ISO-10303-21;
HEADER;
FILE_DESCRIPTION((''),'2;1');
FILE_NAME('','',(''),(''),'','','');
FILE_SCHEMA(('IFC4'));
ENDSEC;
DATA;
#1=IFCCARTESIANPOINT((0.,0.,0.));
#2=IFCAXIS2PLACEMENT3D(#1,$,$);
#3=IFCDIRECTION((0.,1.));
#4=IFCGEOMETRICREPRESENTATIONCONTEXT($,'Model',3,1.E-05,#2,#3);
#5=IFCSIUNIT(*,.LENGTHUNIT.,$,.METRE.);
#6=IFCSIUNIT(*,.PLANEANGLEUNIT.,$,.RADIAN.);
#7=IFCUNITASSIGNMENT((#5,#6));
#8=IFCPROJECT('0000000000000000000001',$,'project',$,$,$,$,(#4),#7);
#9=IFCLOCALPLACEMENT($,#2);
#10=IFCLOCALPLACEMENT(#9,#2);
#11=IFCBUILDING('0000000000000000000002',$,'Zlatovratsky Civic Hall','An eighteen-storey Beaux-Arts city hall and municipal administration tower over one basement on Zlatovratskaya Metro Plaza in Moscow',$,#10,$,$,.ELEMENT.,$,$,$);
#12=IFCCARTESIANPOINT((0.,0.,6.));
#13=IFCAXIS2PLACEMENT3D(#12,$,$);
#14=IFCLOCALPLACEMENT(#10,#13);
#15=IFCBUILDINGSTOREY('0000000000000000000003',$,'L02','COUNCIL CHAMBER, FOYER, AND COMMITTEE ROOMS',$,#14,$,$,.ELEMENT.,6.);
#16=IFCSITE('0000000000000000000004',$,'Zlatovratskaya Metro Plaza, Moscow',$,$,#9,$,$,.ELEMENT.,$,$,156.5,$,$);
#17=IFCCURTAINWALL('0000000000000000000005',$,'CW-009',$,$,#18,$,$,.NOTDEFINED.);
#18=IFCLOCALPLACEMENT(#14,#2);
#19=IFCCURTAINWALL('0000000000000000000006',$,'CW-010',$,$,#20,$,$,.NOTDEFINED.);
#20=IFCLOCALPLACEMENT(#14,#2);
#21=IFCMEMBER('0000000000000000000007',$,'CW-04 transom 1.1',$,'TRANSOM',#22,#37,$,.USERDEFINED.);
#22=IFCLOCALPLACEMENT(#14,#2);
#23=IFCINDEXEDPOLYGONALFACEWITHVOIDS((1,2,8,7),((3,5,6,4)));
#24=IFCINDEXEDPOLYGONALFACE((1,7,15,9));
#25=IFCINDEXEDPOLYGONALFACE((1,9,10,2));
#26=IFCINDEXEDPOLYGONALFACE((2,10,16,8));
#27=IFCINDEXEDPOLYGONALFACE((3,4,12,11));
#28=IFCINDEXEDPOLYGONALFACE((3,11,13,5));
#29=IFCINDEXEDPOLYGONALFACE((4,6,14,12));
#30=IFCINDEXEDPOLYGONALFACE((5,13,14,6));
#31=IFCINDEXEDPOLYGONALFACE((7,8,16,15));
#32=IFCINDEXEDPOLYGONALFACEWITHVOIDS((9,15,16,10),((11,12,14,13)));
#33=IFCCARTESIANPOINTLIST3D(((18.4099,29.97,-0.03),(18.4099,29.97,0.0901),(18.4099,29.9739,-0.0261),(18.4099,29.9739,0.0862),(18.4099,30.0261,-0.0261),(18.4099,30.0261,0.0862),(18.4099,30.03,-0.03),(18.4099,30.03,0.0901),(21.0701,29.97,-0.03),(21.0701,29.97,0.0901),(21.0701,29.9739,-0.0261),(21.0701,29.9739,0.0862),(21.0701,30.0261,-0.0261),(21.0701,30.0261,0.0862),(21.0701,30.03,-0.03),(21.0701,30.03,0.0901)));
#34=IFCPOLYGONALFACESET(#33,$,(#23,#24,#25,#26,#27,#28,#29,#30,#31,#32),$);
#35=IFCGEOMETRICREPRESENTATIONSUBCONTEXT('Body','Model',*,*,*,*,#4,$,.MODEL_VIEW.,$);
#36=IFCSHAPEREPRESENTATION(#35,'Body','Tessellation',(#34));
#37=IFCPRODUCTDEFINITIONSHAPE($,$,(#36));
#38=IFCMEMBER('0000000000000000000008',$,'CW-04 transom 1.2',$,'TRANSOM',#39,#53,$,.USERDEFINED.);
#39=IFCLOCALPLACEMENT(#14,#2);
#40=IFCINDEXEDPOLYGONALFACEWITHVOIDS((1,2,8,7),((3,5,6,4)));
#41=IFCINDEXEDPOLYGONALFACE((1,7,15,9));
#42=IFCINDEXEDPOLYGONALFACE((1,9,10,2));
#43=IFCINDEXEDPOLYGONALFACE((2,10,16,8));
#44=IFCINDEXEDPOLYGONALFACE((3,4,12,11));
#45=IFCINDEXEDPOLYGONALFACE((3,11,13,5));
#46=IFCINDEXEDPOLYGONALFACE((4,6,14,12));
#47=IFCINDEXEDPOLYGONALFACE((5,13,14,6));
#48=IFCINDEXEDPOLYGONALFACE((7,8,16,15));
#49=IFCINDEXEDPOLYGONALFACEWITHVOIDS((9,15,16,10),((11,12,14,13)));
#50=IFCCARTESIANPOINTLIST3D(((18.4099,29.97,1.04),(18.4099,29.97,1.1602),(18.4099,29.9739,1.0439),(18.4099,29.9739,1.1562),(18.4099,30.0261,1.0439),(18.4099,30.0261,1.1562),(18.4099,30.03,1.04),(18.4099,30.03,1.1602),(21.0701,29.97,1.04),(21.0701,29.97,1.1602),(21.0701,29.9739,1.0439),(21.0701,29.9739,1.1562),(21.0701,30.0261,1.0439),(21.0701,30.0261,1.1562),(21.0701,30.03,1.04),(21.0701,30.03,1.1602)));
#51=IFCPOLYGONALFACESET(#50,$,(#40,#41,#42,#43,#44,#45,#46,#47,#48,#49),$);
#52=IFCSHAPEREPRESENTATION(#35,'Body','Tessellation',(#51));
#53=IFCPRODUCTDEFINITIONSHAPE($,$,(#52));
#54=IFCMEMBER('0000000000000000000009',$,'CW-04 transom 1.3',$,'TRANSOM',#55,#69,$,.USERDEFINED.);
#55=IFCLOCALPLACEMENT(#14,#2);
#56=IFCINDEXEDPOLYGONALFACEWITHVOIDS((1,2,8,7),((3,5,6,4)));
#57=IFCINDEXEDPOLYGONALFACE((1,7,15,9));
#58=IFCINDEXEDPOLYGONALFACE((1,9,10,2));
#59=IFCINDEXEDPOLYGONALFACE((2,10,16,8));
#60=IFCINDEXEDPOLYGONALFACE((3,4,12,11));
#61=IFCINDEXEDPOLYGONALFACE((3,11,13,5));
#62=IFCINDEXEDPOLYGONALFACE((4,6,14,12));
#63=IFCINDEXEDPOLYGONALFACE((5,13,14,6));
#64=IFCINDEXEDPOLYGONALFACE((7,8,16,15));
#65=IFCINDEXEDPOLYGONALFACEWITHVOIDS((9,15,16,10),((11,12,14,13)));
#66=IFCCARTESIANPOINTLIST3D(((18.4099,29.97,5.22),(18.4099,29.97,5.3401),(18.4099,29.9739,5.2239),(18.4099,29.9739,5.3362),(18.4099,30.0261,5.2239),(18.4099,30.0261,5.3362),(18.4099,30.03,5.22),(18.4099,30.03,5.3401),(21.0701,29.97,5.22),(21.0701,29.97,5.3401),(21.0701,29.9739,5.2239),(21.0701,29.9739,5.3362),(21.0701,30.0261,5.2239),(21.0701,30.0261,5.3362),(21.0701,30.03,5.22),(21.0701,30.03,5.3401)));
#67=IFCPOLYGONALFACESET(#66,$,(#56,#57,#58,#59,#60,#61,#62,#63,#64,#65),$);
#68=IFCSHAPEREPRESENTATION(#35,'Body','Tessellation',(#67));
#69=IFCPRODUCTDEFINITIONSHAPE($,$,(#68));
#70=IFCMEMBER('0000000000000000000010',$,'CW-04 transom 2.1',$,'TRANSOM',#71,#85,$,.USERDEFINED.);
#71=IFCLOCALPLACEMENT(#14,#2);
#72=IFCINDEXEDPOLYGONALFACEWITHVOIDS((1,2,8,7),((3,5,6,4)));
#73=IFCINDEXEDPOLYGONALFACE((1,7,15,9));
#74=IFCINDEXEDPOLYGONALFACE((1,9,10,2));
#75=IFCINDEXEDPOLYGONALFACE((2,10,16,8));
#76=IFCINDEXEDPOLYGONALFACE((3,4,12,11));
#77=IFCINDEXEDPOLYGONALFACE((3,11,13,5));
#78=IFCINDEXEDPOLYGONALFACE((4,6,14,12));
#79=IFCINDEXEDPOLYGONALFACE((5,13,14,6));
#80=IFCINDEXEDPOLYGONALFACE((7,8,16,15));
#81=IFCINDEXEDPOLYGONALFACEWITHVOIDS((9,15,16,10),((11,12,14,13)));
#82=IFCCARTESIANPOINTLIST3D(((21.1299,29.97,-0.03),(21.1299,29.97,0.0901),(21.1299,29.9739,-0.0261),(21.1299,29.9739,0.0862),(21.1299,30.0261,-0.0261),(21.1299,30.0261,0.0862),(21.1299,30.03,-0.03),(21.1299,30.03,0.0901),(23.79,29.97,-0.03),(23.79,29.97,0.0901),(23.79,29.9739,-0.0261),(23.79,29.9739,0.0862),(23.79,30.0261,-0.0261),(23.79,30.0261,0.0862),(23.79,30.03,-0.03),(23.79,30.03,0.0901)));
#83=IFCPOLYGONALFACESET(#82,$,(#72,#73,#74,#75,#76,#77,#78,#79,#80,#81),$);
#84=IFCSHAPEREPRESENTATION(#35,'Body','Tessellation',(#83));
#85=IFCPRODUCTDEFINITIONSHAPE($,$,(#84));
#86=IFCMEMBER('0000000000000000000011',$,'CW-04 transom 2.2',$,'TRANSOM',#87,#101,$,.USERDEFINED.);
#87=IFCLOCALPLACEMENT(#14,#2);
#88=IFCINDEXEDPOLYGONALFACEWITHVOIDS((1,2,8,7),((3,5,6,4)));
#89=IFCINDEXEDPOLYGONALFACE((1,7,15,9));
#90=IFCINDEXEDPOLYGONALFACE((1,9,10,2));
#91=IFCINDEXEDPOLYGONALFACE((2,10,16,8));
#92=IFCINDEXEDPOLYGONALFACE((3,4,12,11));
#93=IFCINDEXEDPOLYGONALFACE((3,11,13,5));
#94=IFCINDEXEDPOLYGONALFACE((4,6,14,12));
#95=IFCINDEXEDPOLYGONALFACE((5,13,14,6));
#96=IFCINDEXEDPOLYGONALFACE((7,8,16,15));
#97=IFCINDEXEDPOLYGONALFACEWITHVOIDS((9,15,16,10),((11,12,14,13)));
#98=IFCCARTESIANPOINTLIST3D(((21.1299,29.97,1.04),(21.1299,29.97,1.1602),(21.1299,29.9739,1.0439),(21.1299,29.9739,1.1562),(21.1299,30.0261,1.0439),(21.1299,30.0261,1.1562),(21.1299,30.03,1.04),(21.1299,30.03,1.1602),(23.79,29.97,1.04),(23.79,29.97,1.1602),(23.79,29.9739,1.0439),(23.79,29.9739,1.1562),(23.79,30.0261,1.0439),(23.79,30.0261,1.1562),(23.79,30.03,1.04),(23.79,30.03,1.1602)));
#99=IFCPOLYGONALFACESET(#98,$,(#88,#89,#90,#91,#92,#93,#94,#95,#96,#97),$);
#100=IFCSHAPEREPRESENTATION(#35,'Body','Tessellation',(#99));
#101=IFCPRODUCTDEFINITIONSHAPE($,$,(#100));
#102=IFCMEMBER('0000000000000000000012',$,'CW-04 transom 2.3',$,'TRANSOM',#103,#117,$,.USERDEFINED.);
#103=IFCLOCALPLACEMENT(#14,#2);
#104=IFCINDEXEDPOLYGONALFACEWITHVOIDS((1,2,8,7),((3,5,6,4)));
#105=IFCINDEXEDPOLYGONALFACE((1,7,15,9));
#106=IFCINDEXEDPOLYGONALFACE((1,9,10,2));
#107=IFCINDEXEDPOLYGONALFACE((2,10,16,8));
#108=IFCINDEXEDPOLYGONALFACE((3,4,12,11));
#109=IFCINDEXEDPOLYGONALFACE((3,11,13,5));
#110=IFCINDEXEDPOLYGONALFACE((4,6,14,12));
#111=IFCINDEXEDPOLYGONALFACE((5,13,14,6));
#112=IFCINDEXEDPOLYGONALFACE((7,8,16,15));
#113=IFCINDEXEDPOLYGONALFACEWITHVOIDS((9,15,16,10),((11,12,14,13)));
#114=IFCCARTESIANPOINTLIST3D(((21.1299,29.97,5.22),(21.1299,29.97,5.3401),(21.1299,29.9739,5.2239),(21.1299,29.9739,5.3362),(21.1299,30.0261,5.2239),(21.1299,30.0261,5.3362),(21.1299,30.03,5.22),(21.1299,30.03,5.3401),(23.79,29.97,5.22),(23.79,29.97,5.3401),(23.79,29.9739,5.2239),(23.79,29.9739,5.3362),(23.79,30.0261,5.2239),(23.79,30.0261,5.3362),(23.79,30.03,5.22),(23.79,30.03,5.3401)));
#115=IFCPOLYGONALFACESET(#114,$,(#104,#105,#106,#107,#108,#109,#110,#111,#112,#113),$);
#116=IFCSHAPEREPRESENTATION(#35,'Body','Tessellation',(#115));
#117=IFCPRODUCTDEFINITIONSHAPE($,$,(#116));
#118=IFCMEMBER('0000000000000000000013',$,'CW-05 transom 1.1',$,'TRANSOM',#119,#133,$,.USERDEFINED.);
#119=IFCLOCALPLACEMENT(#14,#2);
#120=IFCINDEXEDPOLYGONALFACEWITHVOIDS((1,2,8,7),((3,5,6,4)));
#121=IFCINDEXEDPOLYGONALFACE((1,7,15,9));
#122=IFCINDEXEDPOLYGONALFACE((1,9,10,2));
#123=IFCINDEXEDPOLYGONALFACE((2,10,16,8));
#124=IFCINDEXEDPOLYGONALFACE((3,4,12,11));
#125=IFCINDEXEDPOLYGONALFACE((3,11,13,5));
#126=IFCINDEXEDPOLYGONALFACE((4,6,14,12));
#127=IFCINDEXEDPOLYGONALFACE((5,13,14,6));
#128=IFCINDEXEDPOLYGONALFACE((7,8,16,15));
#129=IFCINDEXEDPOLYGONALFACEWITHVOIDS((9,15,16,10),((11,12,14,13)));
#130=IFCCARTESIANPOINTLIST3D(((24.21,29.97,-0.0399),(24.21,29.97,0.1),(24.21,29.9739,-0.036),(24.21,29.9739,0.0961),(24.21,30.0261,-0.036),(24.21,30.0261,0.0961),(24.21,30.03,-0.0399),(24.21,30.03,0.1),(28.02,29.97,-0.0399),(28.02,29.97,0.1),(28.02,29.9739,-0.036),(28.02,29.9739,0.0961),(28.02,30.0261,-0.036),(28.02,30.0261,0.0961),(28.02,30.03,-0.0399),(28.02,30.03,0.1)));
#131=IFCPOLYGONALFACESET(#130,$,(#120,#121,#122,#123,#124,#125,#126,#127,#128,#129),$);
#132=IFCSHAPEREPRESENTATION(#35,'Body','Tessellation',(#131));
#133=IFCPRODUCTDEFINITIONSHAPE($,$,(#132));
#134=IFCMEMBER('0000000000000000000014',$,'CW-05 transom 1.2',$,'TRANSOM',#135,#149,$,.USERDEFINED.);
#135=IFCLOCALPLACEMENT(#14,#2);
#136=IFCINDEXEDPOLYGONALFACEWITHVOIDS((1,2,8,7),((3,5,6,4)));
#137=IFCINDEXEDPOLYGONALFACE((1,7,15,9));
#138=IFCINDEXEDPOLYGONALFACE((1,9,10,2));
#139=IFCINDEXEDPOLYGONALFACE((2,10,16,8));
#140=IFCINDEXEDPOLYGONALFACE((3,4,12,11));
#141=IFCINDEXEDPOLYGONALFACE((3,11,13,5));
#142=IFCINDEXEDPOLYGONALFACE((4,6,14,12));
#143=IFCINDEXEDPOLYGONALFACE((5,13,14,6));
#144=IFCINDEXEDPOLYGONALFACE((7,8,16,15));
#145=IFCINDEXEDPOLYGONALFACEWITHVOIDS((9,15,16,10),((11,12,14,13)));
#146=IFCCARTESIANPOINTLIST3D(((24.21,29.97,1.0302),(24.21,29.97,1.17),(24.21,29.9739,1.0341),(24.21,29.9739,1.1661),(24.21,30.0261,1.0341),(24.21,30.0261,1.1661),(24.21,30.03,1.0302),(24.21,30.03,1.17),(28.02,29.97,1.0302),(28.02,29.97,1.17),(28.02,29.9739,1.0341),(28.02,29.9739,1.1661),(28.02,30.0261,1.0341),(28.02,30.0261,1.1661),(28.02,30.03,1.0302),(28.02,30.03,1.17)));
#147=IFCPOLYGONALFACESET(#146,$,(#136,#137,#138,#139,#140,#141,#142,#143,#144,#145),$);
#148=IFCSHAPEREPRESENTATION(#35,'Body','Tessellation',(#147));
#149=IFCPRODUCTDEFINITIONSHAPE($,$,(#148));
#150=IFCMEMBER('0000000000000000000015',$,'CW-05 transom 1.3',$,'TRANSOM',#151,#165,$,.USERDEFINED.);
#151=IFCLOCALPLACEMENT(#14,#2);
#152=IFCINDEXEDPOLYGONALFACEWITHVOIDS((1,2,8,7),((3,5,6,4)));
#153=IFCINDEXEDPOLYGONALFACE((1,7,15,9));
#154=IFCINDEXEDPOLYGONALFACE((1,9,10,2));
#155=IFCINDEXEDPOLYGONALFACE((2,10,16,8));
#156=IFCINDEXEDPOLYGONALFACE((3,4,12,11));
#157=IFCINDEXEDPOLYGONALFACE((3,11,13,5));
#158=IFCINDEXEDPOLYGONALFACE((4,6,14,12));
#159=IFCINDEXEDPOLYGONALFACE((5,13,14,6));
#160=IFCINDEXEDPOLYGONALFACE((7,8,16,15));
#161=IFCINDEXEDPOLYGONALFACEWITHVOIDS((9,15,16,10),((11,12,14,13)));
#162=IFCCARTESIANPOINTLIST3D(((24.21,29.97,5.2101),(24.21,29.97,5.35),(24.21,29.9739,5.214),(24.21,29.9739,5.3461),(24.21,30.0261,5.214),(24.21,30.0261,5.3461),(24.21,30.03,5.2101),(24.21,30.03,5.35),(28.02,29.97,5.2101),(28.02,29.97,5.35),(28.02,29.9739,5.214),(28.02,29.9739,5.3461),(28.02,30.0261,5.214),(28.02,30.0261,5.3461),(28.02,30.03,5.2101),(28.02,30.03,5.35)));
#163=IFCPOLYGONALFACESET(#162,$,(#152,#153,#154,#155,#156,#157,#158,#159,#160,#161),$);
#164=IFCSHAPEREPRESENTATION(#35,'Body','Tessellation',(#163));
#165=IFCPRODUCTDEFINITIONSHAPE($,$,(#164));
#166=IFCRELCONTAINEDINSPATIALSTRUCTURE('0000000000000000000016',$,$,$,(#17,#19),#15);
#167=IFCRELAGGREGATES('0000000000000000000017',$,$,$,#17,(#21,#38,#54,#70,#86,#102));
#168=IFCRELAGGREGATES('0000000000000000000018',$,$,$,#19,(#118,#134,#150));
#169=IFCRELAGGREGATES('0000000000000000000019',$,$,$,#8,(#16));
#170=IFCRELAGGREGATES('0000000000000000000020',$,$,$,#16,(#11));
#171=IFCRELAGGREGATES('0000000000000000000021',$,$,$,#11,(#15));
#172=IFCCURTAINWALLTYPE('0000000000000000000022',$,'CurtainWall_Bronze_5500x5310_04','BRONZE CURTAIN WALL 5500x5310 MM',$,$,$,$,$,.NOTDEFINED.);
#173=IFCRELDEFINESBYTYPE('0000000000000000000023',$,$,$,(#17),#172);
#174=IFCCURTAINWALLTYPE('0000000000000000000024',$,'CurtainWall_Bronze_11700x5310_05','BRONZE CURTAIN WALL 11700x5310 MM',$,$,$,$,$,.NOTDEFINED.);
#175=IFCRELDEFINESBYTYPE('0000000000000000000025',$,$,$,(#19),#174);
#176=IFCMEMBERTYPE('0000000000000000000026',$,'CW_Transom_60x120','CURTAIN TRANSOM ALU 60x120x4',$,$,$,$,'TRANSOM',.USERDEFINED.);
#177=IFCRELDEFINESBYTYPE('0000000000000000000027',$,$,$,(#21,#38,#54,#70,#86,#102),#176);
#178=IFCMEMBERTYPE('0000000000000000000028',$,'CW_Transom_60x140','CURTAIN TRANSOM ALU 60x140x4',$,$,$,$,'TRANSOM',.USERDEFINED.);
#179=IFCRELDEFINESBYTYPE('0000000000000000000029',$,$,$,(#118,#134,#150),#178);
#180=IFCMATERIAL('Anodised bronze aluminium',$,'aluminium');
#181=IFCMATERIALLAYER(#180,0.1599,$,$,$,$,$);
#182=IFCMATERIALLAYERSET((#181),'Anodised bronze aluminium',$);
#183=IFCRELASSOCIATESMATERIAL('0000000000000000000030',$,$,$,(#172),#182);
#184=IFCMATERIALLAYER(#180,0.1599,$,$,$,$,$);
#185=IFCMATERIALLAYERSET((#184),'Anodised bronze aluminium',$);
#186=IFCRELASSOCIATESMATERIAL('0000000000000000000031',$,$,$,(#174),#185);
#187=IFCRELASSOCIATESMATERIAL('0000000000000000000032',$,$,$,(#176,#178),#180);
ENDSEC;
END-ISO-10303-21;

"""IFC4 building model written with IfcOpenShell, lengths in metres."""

from ifc_helpers import new_model, si_unit, direction, frame, origin, origin_2d, place, context, subcontext, project, spatial, hollow_rectangle, extrude, material, layer, layer_set, material_profile, profile_set, type_object, element, aggregate, save


model = new_model("IFC4")

# Units and contexts
model_context = context("Model", 3, precision=1e-05, world=origin(), true_north=direction((0.0, 1.0)))
body_context = subcontext(model_context, "Body", "Model", "MODEL_VIEW")
ifc_project = project(units=[si_unit("LENGTHUNIT", "METRE"), si_unit("PLANEANGLEUNIT", "RADIAN")], contexts=[model_context])

# Site, building, storey
site_placement = place(None, origin())
site = spatial("IfcSite", under=ifc_project, at=site_placement, Name="Zlatovratskaya Metro Plaza, Moscow", CompositionType="ELEMENT", RefElevation=156.5)
building_placement = place(site_placement, origin())
building = spatial("IfcBuilding", under=site, at=building_placement, Name="Zlatovratsky Civic Hall", Description="An eighteen-storey Beaux-Arts city hall and municipal administration tower over one basement on Zlatovratskaya Metro Plaza in Moscow", CompositionType="ELEMENT")
storey_placement = place(building_placement, frame((0.0, 0.0, 6.0)))
storey = spatial("IfcBuildingStorey", under=building, at=storey_placement, Name="L02", Description="COUNCIL CHAMBER, FOYER, AND COMMITTEE ROOMS", CompositionType="ELEMENT", Elevation=6.0)

# Curtain wall
ifc_material_1 = material(Name="Anodised bronze aluminium", Category="aluminium")
ifc_layer_1 = layer(ifc_material_1, 0.1599)
ifc_layer_set_1 = layer_set([ifc_layer_1], Name="Anodised bronze aluminium")
curtain_wall_type_1 = type_object("IfcCurtainWallType", Name="CurtainWall_Bronze_5500x5310_04", Description="BRONZE CURTAIN WALL 5500x5310 MM", PredefinedType="NOTDEFINED", material=ifc_layer_set_1)
curtain_wall_1_placement = place(storey_placement, origin())
curtain_wall_1 = element("IfcCurtainWall", 1, at=curtain_wall_1_placement, inside=storey, type_object=curtain_wall_type_1, Name="CW-009", PredefinedType="NOTDEFINED")

# Curtain wall
ifc_layer_2 = layer(ifc_material_1, 0.1599)
ifc_layer_set_2 = layer_set([ifc_layer_2], Name="Anodised bronze aluminium")
curtain_wall_type_2 = type_object("IfcCurtainWallType", Name="CurtainWall_Bronze_11700x5310_05", Description="BRONZE CURTAIN WALL 11700x5310 MM", PredefinedType="NOTDEFINED", material=ifc_layer_set_2)
curtain_wall_2_placement = place(storey_placement, origin())
curtain_wall_2 = element("IfcCurtainWall", 2, at=curtain_wall_2_placement, inside=storey, type_object=curtain_wall_type_2, Name="CW-010", PredefinedType="NOTDEFINED")

# Members
ifc_material_profile_1 = material_profile(ifc_material_1, hollow_rectangle(XDim=0.0601, YDim=0.1201, WallThickness=0.0039, at=origin_2d()), Name="ALU 60x120x4")
ifc_profile_set_1 = profile_set([ifc_material_profile_1], Name="Anodised bronze aluminium")
member_type_1 = type_object("IfcMemberType", Name="CW_Transom_60x120", Description="CURTAIN TRANSOM ALU 60x120x4", ElementType="TRANSOM", PredefinedType="USERDEFINED", material=ifc_profile_set_1)
member_1_placement = place(storey_placement, frame((18.4099, 30.0, 0.03), z_axis=(1.0, 0.0, 0.0), x_axis=(0.0, 1.0, 0.0)))
member_1 = element("IfcMember", 3, at=member_1_placement, type_object=member_type_1, Name="CW-04 transom 1.1", ObjectType="TRANSOM", PredefinedType="USERDEFINED", context=body_context, shape_type="SweptSolid", body=[
    extrude(hollow_rectangle(XDim=0.0601, YDim=0.1201, WallThickness=0.0039, at=origin_2d()), origin(), (0.0, 0.0, 1.0), 2.6602),
])
member_2_placement = place(storey_placement, frame((18.4099, 30.0, 1.1001), z_axis=(1.0, 0.0, 0.0), x_axis=(0.0, 1.0, 0.0)))
member_2 = element("IfcMember", 4, at=member_2_placement, type_object=member_type_1, Name="CW-04 transom 1.2", ObjectType="TRANSOM", PredefinedType="USERDEFINED", context=body_context, shape_type="SweptSolid", body=[
    extrude(hollow_rectangle(XDim=0.0601, YDim=0.1201, WallThickness=0.0039, at=origin_2d()), origin(), (0.0, 0.0, 1.0), 2.6602),
])
member_3_placement = place(storey_placement, frame((18.4099, 30.0, 5.28), z_axis=(1.0, 0.0, 0.0), x_axis=(0.0, 1.0, 0.0)))
member_3 = element("IfcMember", 5, at=member_3_placement, type_object=member_type_1, Name="CW-04 transom 1.3", ObjectType="TRANSOM", PredefinedType="USERDEFINED", context=body_context, shape_type="SweptSolid", body=[
    extrude(hollow_rectangle(XDim=0.0601, YDim=0.1201, WallThickness=0.0039, at=origin_2d()), origin(), (0.0, 0.0, 1.0), 2.6602),
])
member_4_placement = place(storey_placement, frame((21.1299, 30.0, 0.03), z_axis=(1.0, 0.0, 0.0), x_axis=(0.0, 1.0, 0.0)))
member_4 = element("IfcMember", 6, at=member_4_placement, type_object=member_type_1, Name="CW-04 transom 2.1", ObjectType="TRANSOM", PredefinedType="USERDEFINED", context=body_context, shape_type="SweptSolid", body=[
    extrude(hollow_rectangle(XDim=0.0601, YDim=0.1201, WallThickness=0.0039, at=origin_2d()), origin(), (0.0, 0.0, 1.0), 2.6602),
])
member_5_placement = place(storey_placement, frame((21.1299, 30.0, 1.1001), z_axis=(1.0, 0.0, 0.0), x_axis=(0.0, 1.0, 0.0)))
member_5 = element("IfcMember", 7, at=member_5_placement, type_object=member_type_1, Name="CW-04 transom 2.2", ObjectType="TRANSOM", PredefinedType="USERDEFINED", context=body_context, shape_type="SweptSolid", body=[
    extrude(hollow_rectangle(XDim=0.0601, YDim=0.1201, WallThickness=0.0039, at=origin_2d()), origin(), (0.0, 0.0, 1.0), 2.6602),
])
member_6_placement = place(storey_placement, frame((21.1299, 30.0, 5.28), z_axis=(1.0, 0.0, 0.0), x_axis=(0.0, 1.0, 0.0)))
member_6 = element("IfcMember", 8, at=member_6_placement, type_object=member_type_1, Name="CW-04 transom 2.3", ObjectType="TRANSOM", PredefinedType="USERDEFINED", context=body_context, shape_type="SweptSolid", body=[
    extrude(hollow_rectangle(XDim=0.0601, YDim=0.1201, WallThickness=0.0039, at=origin_2d()), origin(), (0.0, 0.0, 1.0), 2.6602),
])
ifc_material_profile_2 = material_profile(ifc_material_1, hollow_rectangle(XDim=0.0601, YDim=0.1399, WallThickness=0.0039, at=origin_2d()), Name="ALU 60x140x4")
ifc_profile_set_2 = profile_set([ifc_material_profile_2], Name="Anodised bronze aluminium")
member_type_2 = type_object("IfcMemberType", Name="CW_Transom_60x140", Description="CURTAIN TRANSOM ALU 60x140x4", ElementType="TRANSOM", PredefinedType="USERDEFINED", material=ifc_profile_set_2)
member_7_placement = place(storey_placement, frame((24.21, 30.0, 0.03), z_axis=(1.0, 0.0, 0.0), x_axis=(0.0, 1.0, 0.0)))
member_7 = element("IfcMember", 9, at=member_7_placement, type_object=member_type_2, Name="CW-05 transom 1.1", ObjectType="TRANSOM", PredefinedType="USERDEFINED", context=body_context, shape_type="SweptSolid", body=[
    extrude(hollow_rectangle(XDim=0.0601, YDim=0.1399, WallThickness=0.0039, at=origin_2d()), origin(), (0.0, 0.0, 1.0), 3.8101),
])
member_8_placement = place(storey_placement, frame((24.21, 30.0, 1.1001), z_axis=(1.0, 0.0, 0.0), x_axis=(0.0, 1.0, 0.0)))
member_8 = element("IfcMember", 10, at=member_8_placement, type_object=member_type_2, Name="CW-05 transom 1.2", ObjectType="TRANSOM", PredefinedType="USERDEFINED", context=body_context, shape_type="SweptSolid", body=[
    extrude(hollow_rectangle(XDim=0.0601, YDim=0.1399, WallThickness=0.0039, at=origin_2d()), origin(), (0.0, 0.0, 1.0), 3.8101),
])
member_9_placement = place(storey_placement, frame((24.21, 30.0, 5.28), z_axis=(1.0, 0.0, 0.0), x_axis=(0.0, 1.0, 0.0)))
member_9 = element("IfcMember", 11, at=member_9_placement, type_object=member_type_2, Name="CW-05 transom 1.3", ObjectType="TRANSOM", PredefinedType="USERDEFINED", context=body_context, shape_type="SweptSolid", body=[
    extrude(hollow_rectangle(XDim=0.0601, YDim=0.1399, WallThickness=0.0039, at=origin_2d()), origin(), (0.0, 0.0, 1.0), 3.8101),
])

aggregate(curtain_wall_1, [member_1, member_2, member_3, member_4, member_5, member_6])
aggregate(curtain_wall_2, [member_7, member_8, member_9])

save(model, "model.ifc")
